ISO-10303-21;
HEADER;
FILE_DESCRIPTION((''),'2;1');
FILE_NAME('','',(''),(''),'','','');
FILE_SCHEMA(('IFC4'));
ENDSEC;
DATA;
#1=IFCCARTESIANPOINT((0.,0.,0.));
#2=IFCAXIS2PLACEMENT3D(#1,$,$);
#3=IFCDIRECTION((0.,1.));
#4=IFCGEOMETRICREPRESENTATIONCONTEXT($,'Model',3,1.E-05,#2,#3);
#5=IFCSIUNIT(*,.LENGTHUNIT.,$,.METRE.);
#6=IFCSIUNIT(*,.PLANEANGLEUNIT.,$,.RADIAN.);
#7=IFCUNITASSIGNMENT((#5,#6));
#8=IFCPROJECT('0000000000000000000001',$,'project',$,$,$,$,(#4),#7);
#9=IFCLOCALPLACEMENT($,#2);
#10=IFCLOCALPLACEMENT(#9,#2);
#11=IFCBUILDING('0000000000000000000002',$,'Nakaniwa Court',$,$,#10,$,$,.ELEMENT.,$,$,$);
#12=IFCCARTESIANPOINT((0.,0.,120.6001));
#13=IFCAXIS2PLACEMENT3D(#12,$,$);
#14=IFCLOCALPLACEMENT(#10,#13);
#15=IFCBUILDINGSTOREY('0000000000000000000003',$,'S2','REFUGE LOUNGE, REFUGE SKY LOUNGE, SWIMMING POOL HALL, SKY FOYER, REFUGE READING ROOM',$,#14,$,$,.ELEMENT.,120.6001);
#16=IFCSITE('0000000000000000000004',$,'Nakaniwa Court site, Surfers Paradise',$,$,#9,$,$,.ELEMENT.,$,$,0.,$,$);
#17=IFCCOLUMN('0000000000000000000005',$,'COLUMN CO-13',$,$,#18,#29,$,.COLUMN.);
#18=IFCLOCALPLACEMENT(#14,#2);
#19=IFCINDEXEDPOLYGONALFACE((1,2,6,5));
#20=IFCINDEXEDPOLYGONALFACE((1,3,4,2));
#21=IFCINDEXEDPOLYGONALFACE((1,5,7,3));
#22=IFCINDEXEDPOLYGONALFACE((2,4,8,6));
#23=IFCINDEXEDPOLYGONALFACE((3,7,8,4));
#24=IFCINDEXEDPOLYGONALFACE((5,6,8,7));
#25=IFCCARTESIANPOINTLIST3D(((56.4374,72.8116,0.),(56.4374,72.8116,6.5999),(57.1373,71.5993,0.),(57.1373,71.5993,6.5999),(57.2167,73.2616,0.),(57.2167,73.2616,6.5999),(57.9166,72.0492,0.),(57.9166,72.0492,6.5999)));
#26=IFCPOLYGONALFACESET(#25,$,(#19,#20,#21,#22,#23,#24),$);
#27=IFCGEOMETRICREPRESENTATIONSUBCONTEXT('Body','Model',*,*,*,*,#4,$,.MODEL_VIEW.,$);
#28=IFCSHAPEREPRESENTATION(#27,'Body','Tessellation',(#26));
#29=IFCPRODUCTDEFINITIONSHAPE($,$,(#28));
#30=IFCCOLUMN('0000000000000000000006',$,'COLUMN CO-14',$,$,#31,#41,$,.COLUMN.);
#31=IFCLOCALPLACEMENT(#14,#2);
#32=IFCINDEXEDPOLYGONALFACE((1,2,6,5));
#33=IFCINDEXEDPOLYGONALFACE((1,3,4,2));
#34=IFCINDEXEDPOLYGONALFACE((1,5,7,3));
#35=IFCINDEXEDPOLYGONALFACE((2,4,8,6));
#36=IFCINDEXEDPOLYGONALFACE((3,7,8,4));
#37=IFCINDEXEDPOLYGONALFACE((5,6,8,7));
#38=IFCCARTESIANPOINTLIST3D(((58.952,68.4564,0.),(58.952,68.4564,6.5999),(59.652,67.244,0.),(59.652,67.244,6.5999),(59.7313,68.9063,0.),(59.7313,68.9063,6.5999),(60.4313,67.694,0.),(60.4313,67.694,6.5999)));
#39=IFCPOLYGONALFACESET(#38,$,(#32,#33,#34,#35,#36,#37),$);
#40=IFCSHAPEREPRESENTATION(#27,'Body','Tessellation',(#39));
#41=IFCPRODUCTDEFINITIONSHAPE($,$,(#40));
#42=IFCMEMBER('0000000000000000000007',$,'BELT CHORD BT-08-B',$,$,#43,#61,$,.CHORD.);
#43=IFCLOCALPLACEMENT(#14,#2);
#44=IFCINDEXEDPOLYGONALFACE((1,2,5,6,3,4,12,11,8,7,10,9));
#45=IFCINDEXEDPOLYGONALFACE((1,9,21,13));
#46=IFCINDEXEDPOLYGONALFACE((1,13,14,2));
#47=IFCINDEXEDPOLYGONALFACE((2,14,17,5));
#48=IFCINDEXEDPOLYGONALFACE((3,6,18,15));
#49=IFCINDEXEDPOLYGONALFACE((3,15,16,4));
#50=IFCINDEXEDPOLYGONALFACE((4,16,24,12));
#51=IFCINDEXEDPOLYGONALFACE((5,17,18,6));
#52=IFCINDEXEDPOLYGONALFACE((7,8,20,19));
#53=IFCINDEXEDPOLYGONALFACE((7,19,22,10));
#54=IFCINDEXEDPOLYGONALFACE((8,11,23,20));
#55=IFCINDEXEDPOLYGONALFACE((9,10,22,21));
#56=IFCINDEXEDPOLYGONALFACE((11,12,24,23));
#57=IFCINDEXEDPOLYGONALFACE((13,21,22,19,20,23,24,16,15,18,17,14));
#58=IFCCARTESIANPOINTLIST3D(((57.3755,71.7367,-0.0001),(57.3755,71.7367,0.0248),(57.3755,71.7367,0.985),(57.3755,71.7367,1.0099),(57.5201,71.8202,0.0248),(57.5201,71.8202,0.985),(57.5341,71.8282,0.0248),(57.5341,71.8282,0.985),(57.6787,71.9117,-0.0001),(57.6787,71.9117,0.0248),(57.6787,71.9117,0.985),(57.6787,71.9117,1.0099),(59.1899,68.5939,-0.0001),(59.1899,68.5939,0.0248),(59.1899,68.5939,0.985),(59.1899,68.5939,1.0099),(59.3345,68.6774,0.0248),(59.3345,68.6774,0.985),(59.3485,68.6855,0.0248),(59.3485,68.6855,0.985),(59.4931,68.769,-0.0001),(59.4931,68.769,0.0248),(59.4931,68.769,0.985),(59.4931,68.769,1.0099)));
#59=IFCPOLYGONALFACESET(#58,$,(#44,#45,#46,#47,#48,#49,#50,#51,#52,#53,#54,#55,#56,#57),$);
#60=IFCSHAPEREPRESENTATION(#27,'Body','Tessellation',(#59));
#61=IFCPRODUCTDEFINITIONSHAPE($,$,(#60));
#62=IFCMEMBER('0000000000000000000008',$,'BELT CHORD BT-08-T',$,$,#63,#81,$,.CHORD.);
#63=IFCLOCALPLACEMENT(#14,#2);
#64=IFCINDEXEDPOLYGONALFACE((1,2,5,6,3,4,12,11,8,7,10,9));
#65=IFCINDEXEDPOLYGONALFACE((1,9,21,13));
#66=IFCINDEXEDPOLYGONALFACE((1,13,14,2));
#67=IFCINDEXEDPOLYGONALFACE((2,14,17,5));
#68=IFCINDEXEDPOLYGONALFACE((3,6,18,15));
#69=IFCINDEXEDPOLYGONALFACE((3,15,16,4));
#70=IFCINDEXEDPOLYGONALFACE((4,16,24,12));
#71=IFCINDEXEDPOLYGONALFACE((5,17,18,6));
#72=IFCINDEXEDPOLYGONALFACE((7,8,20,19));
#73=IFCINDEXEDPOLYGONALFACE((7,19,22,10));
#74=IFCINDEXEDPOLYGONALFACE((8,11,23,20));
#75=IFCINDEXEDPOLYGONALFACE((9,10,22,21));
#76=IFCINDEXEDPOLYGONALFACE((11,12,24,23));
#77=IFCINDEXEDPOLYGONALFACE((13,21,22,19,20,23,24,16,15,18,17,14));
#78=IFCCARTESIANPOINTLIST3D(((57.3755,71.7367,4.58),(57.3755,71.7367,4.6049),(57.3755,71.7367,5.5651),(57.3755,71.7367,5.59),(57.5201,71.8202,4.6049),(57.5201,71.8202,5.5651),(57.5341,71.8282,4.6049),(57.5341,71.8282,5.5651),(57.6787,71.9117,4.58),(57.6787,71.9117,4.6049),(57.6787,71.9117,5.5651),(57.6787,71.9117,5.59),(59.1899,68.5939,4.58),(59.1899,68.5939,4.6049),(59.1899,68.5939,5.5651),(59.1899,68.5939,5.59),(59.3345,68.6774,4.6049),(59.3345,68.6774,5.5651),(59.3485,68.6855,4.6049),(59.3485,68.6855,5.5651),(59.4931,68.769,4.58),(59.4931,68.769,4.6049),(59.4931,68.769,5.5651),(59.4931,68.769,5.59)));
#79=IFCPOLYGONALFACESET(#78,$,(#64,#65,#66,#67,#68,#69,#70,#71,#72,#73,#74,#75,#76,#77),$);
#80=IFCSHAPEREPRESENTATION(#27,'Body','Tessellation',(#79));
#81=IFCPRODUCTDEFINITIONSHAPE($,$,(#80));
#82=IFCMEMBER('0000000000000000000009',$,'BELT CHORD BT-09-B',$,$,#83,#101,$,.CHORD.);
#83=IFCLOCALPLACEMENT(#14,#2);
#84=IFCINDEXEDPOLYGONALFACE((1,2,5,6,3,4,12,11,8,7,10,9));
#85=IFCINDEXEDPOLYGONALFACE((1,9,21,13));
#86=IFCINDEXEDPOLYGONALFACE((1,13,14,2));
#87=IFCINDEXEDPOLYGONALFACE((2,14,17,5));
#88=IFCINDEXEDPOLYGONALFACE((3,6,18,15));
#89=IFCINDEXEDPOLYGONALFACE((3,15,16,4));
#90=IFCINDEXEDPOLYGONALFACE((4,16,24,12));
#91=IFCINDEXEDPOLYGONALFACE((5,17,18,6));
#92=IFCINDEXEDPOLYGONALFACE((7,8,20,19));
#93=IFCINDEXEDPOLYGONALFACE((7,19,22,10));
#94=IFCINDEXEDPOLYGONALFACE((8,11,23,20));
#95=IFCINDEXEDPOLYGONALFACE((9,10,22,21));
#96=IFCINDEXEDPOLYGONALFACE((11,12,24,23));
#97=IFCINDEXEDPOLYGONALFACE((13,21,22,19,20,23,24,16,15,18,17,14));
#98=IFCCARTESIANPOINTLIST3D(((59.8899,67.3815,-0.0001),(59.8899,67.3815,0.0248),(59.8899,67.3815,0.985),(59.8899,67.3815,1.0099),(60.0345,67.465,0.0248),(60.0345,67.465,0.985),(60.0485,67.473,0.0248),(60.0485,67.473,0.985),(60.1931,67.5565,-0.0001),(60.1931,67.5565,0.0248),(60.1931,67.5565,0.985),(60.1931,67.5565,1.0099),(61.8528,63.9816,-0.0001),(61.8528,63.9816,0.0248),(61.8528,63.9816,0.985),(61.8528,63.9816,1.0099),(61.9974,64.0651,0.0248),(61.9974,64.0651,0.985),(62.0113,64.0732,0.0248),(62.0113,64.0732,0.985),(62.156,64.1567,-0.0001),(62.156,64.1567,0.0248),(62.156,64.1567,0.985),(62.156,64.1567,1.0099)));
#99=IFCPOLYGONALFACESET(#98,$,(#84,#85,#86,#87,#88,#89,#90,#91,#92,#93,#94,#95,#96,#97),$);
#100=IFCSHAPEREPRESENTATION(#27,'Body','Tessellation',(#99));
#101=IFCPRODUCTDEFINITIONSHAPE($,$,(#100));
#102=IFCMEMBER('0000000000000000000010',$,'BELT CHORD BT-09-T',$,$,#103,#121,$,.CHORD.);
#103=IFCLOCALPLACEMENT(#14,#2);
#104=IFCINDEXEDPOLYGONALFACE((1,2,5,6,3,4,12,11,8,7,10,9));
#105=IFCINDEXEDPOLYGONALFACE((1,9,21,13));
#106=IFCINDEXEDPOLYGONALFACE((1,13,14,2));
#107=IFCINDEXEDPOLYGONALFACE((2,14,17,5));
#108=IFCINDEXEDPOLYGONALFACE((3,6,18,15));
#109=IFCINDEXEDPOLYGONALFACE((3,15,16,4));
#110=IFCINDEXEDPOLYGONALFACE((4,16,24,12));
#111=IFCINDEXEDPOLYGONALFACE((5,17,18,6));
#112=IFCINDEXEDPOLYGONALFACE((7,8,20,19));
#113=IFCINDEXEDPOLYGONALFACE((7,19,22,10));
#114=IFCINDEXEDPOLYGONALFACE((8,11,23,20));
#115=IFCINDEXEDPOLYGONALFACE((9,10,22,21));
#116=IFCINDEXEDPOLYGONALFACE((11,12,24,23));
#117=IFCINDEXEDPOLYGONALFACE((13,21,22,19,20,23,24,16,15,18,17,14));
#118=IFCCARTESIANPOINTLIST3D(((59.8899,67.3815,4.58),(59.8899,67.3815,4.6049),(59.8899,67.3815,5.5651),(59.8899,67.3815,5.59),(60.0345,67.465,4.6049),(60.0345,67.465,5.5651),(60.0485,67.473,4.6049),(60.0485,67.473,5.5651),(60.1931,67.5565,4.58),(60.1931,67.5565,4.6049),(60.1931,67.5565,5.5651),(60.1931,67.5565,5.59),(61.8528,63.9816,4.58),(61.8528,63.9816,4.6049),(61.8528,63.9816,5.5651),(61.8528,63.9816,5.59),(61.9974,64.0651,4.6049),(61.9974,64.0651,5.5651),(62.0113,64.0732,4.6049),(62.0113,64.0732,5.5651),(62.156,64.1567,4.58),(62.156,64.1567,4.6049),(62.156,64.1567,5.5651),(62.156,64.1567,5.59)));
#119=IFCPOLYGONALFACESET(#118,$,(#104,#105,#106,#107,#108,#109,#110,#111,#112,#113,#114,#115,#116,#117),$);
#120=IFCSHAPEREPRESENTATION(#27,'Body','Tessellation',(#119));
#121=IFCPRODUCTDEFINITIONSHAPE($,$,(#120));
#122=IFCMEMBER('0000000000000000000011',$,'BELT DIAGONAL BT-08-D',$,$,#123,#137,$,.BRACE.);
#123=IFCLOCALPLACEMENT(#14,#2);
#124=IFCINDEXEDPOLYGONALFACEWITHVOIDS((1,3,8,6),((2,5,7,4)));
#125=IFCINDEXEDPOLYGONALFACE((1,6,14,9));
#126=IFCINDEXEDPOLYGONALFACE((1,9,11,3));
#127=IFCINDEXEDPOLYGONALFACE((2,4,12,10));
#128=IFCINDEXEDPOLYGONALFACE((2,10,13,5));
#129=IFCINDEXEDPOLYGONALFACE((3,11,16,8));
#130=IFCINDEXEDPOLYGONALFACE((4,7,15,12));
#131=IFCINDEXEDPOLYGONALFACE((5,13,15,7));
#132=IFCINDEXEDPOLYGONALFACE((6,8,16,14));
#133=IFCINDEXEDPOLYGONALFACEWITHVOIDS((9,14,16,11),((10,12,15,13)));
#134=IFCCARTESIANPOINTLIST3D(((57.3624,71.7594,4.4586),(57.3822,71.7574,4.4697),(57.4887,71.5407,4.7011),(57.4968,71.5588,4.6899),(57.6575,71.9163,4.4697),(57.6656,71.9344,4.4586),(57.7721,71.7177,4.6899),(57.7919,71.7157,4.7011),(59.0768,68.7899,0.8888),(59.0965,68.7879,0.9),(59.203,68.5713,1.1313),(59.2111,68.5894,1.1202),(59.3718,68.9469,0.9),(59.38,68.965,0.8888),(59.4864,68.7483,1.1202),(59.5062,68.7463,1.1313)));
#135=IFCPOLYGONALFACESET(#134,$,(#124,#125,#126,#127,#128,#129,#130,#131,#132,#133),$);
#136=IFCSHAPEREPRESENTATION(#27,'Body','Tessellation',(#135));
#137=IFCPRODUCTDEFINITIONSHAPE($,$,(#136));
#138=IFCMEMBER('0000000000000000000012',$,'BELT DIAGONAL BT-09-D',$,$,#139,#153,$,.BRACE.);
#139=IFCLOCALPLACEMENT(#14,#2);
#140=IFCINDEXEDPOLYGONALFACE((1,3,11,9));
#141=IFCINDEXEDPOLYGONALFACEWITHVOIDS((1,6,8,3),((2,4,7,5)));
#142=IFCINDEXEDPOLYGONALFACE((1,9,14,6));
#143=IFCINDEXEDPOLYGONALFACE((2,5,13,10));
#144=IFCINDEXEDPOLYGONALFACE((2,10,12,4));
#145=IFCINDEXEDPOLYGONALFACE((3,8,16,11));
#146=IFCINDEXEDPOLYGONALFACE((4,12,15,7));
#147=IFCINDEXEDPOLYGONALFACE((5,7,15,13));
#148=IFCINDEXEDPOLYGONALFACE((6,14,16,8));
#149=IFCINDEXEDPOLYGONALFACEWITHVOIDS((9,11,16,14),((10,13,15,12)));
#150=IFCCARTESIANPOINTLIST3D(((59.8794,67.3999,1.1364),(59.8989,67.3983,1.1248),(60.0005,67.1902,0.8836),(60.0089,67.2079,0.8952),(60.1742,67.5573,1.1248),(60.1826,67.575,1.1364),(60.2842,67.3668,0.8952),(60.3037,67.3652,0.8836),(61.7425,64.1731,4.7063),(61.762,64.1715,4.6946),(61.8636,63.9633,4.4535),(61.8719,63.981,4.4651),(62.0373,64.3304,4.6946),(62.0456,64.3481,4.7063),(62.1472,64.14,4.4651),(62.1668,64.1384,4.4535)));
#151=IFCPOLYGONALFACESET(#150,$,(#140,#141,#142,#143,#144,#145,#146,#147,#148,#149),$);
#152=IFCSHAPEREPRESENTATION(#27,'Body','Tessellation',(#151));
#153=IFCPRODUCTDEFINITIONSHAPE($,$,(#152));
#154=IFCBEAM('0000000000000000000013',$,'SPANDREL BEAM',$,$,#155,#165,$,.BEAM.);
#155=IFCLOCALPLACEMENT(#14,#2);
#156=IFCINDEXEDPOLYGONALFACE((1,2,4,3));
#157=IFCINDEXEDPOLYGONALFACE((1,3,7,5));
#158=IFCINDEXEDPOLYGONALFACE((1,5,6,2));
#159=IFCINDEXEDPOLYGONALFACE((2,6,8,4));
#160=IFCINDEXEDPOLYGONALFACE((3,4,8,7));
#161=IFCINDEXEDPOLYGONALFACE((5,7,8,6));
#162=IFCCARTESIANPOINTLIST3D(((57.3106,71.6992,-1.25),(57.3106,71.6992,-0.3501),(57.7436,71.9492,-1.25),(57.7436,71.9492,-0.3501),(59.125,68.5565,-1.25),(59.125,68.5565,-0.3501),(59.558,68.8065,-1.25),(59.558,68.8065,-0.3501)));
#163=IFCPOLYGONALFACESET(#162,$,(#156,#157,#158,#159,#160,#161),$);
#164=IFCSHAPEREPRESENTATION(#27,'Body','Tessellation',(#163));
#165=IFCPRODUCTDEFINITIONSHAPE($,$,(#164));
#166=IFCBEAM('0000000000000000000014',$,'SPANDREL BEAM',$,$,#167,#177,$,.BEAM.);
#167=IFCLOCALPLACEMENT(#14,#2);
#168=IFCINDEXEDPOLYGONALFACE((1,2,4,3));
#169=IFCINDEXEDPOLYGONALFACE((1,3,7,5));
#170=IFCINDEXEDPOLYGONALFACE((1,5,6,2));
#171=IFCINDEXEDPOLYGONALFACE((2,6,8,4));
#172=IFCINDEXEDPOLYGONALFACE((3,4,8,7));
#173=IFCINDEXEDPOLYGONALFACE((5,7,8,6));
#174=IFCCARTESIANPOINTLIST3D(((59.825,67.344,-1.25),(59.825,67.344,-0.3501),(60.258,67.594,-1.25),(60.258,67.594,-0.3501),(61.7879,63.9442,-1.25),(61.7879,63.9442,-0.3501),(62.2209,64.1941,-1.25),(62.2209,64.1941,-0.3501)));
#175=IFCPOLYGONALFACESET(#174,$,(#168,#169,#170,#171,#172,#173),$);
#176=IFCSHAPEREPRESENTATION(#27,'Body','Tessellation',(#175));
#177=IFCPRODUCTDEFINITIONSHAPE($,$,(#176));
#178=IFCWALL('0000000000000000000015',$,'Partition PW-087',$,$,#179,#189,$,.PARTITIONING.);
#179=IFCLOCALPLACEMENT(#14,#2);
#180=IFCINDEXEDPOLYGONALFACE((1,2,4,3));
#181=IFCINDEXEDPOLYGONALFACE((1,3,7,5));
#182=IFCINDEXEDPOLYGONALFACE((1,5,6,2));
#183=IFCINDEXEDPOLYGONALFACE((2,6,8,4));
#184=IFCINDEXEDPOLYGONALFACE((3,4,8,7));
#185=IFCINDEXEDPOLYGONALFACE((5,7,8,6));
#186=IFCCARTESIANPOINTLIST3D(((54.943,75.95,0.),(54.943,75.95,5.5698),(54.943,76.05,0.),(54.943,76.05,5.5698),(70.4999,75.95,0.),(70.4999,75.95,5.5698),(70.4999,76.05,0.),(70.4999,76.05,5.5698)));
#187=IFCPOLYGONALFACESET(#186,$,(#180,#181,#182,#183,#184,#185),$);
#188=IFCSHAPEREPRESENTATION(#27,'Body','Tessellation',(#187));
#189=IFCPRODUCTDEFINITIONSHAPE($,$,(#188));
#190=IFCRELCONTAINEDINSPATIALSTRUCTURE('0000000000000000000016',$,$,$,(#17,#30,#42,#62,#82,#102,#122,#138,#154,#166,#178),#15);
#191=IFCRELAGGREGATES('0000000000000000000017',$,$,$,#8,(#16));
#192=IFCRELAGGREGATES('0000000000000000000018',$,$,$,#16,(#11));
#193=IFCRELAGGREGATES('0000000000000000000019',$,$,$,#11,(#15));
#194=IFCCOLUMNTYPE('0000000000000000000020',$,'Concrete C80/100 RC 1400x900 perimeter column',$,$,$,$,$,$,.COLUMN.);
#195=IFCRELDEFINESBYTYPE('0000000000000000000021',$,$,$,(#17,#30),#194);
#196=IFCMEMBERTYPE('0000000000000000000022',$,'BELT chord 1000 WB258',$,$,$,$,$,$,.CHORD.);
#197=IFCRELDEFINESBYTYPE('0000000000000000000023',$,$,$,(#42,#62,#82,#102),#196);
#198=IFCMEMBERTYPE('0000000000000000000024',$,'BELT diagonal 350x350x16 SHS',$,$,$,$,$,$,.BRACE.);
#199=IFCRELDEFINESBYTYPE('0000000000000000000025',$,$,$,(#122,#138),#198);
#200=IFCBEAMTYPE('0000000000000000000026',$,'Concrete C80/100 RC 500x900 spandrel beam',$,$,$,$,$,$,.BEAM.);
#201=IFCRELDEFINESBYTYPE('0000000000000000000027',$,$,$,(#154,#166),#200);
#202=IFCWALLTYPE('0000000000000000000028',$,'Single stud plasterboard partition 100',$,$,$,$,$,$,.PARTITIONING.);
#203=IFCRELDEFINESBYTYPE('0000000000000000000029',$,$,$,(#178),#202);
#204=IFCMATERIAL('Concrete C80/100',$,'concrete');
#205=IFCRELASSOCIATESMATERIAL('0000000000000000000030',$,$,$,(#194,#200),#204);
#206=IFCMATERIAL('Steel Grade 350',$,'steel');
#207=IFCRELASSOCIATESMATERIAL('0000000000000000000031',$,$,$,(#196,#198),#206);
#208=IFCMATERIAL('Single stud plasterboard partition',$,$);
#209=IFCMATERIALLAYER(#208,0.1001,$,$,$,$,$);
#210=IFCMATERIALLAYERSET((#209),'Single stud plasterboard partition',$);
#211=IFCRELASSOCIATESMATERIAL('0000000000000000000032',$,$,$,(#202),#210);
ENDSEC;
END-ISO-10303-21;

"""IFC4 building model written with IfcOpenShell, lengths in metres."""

from ifc_helpers import new_model, si_unit, direction, frame, frame_2d, origin, origin_2d, place, context, subcontext, project, spatial, rectangle, hollow_rectangle, i_section, extrude, material, layer, layer_set, material_profile, profile_set, type_object, element, save


model = new_model("IFC4")

# Units and contexts
model_context = context("Model", 3, precision=1e-05, world=origin(), true_north=direction((0.0, 1.0)))
body_context = subcontext(model_context, "Body", "Model", "MODEL_VIEW")
ifc_project = project(units=[si_unit("LENGTHUNIT", "METRE"), si_unit("PLANEANGLEUNIT", "RADIAN")], contexts=[model_context])

# Site, building, storey
site_placement = place(None, origin())
site = spatial("IfcSite", under=ifc_project, at=site_placement, Name="Nakaniwa Court site, Surfers Paradise", CompositionType="ELEMENT", RefElevation=0.0)
building_placement = place(site_placement, origin())
building = spatial("IfcBuilding", under=site, at=building_placement, Name="Nakaniwa Court", CompositionType="ELEMENT")
storey_placement = place(building_placement, frame((0.0, 0.0, 120.6001)))
storey = spatial("IfcBuildingStorey", under=building, at=storey_placement, Name="S2", Description="REFUGE LOUNGE, REFUGE SKY LOUNGE, SWIMMING POOL HALL, SKY FOYER, REFUGE READING ROOM", CompositionType="ELEMENT", Elevation=120.6001)

# Columns
ifc_material_1 = material(Name="Concrete C80/100", Category="concrete")
ifc_material_profile_1 = material_profile(ifc_material_1, rectangle(XDim=1.3999, YDim=0.8999, at=origin_2d()), Name="Concrete C80/100 RC 1400x900 perimeter column")
ifc_profile_set_1 = profile_set([ifc_material_profile_1], Name="Concrete C80/100")
column_type = type_object("IfcColumnType", Name="Concrete C80/100 RC 1400x900 perimeter column", PredefinedType="COLUMN", material=ifc_profile_set_1)
for number, where, z_axis, x_axis, name in (
    (1, (57.177, 72.4304, 0.0), (0.0, 0.0, 1.0), (0.5, -0.866025, 0.0), "COLUMN CO-13"),
    (2, (59.6917, 68.0752, 0.0), (0.0, 0.0, 1.0), (0.5, -0.866025, 0.0), "COLUMN CO-14"),
):
    element("IfcColumn", number, at=place(storey_placement, frame(where, z_axis=z_axis, x_axis=x_axis)), inside=storey, type_object=column_type, Name=name, PredefinedType="COLUMN", context=body_context, shape_type="SweptSolid", body=[
        extrude(rectangle(XDim=1.3999, YDim=0.8999, at=origin_2d()), origin(), (0.0, 0.0, 1.0), 6.5999),
    ])

# Members
ifc_material_2 = material(Name="Steel Grade 350", Category="steel")
ifc_material_profile_2 = material_profile(ifc_material_2, i_section(OverallWidth=0.3501, OverallDepth=1.01, WebThickness=0.0161, FlangeThickness=0.0249, at=origin_2d()), Name="1000WB258")
ifc_profile_set_2 = profile_set([ifc_material_profile_2], Name="Steel Grade 350")
member_type_1 = type_object("IfcMemberType", Name="BELT chord 1000 WB258", PredefinedType="CHORD", material=ifc_profile_set_2)
for number, where, z_axis, x_axis, name in (
    (3, (57.5271, 71.8242, 0.5049), (0.499988, -0.866032, 0.0), (0.866032, 0.499988, 0.0), "BELT CHORD BT-08-B"),
    (4, (57.5271, 71.8242, 5.085), (0.499988, -0.866032, 0.0), (0.866032, 0.499988, 0.0), "BELT CHORD BT-08-T"),
):
    element("IfcMember", number, at=place(storey_placement, frame(where, z_axis=z_axis, x_axis=x_axis)), inside=storey, type_object=member_type_1, Name=name, PredefinedType="CHORD", context=body_context, shape_type="SweptSolid", body=[
        extrude(i_section(OverallWidth=0.3501, OverallDepth=1.01, WebThickness=0.0161, FlangeThickness=0.0249, at=origin_2d()), origin(), (0.0, 0.0, 1.0), 3.6289),
    ])
for number, where, z_axis, x_axis, name in (
    (5, (60.0415, 67.469, 0.5049), (0.499992, -0.86603, 0.0), (0.86603, 0.499992, 0.0), "BELT CHORD BT-09-B"),
    (6, (60.0415, 67.469, 5.085), (0.499992, -0.86603, 0.0), (0.86603, 0.499992, 0.0), "BELT CHORD BT-09-T"),
):
    element("IfcMember", number, at=place(storey_placement, frame(where, z_axis=z_axis, x_axis=x_axis)), inside=storey, type_object=member_type_1, Name=name, PredefinedType="CHORD", context=body_context, shape_type="SweptSolid", body=[
        extrude(i_section(OverallWidth=0.3501, OverallDepth=1.01, WebThickness=0.0161, FlangeThickness=0.0249, at=origin_2d()), origin(), (0.0, 0.0, 1.0), 3.9258),
    ])
ifc_material_profile_3 = material_profile(ifc_material_2, hollow_rectangle(XDim=0.3501, YDim=0.3501, WallThickness=0.0161, at=origin_2d()), Name="BELT diagonal 350x350x16 SHS")
ifc_profile_set_3 = profile_set([ifc_material_profile_3], Name="Steel Grade 350")
member_type_2 = type_object("IfcMemberType", Name="BELT diagonal 350x350x16 SHS", PredefinedType="BRACE", material=ifc_profile_set_3)
member_1_placement = place(storey_placement, frame((57.5771, 71.7375, 4.5798), z_axis=(0.346349, -0.59992, -0.721206), x_axis=(0.866035, 0.499983, 0.0)))
element("IfcMember", 7, at=member_1_placement, inside=storey, type_object=member_type_2, Name="BELT DIAGONAL BT-08-D", PredefinedType="BRACE", context=body_context, shape_type="SweptSolid", body=[
    extrude(hollow_rectangle(XDim=0.3501, YDim=0.3501, WallThickness=0.0161, at=origin_2d()), origin(), (0.0, 0.0, 1.0), 4.9497),
])
member_2_placement = place(storey_placement, frame((60.0916, 67.3826, 1.01), z_axis=(0.361045, -0.625336, 0.69181), x_axis=(0.866021, 0.500008, 0.0)))
element("IfcMember", 8, at=member_2_placement, inside=storey, type_object=member_type_2, Name="BELT DIAGONAL BT-09-D", PredefinedType="BRACE", context=body_context, shape_type="SweptSolid", body=[
    extrude(hollow_rectangle(XDim=0.3501, YDim=0.3501, WallThickness=0.0161, at=origin_2d()), origin(), (0.0, 0.0, 1.0), 5.1602),
])

# Beams
ifc_material_profile_4 = material_profile(ifc_material_1, rectangle(XDim=0.5, YDim=0.8999, at=origin_2d()), Name="Concrete C80/100 RC 500x900 spandrel beam")
ifc_profile_set_4 = profile_set([ifc_material_profile_4], Name="Concrete C80/100")
beam_type = type_object("IfcBeamType", Name="Concrete C80/100 RC 500x900 spandrel beam", PredefinedType="BEAM", material=ifc_profile_set_4)
beam_1_placement = place(storey_placement, frame((57.5271, 71.8242, -0.8), z_axis=(0.499988, -0.866032, 0.0), x_axis=(0.866032, 0.499988, 0.0)))
element("IfcBeam", 9, at=beam_1_placement, inside=storey, type_object=beam_type, Name="SPANDREL BEAM", PredefinedType="BEAM", context=body_context, shape_type="SweptSolid", body=[
    extrude(rectangle(XDim=0.5, YDim=0.8999, at=origin_2d()), origin(), (0.0, 0.0, 1.0), 3.6289),
])
beam_2_placement = place(storey_placement, frame((60.0415, 67.469, -0.8), z_axis=(0.499992, -0.86603, 0.0), x_axis=(0.86603, 0.499992, 0.0)))
element("IfcBeam", 10, at=beam_2_placement, inside=storey, type_object=beam_type, Name="SPANDREL BEAM", PredefinedType="BEAM", context=body_context, shape_type="SweptSolid", body=[
    extrude(rectangle(XDim=0.5, YDim=0.8999, at=origin_2d()), origin(), (0.0, 0.0, 1.0), 3.9258),
])

# Wall
ifc_material_3 = material(Name="Single stud plasterboard partition")
ifc_layer = layer(ifc_material_3, 0.1001)
ifc_layer_set = layer_set([ifc_layer], Name="Single stud plasterboard partition")
wall_type = type_object("IfcWallType", Name="Single stud plasterboard partition 100", PredefinedType="PARTITIONING", material=ifc_layer_set)
wall_placement = place(storey_placement, frame((54.9431, 76.0, 0.0), z_axis=(0.0, 0.0, 1.0), x_axis=(1.0, 0.0, 0.0)))
element("IfcWall", 11, at=wall_placement, inside=storey, type_object=wall_type, Name="Partition PW-087", PredefinedType="PARTITIONING", context=body_context, shape_type="SweptSolid", body=[
    extrude(rectangle(XDim=15.5569, YDim=0.1001, at=frame_2d((7.7783, 0.0))), origin(), (0.0, 0.0, 1.0), 5.5698),
])

save(model, "model.ifc")
